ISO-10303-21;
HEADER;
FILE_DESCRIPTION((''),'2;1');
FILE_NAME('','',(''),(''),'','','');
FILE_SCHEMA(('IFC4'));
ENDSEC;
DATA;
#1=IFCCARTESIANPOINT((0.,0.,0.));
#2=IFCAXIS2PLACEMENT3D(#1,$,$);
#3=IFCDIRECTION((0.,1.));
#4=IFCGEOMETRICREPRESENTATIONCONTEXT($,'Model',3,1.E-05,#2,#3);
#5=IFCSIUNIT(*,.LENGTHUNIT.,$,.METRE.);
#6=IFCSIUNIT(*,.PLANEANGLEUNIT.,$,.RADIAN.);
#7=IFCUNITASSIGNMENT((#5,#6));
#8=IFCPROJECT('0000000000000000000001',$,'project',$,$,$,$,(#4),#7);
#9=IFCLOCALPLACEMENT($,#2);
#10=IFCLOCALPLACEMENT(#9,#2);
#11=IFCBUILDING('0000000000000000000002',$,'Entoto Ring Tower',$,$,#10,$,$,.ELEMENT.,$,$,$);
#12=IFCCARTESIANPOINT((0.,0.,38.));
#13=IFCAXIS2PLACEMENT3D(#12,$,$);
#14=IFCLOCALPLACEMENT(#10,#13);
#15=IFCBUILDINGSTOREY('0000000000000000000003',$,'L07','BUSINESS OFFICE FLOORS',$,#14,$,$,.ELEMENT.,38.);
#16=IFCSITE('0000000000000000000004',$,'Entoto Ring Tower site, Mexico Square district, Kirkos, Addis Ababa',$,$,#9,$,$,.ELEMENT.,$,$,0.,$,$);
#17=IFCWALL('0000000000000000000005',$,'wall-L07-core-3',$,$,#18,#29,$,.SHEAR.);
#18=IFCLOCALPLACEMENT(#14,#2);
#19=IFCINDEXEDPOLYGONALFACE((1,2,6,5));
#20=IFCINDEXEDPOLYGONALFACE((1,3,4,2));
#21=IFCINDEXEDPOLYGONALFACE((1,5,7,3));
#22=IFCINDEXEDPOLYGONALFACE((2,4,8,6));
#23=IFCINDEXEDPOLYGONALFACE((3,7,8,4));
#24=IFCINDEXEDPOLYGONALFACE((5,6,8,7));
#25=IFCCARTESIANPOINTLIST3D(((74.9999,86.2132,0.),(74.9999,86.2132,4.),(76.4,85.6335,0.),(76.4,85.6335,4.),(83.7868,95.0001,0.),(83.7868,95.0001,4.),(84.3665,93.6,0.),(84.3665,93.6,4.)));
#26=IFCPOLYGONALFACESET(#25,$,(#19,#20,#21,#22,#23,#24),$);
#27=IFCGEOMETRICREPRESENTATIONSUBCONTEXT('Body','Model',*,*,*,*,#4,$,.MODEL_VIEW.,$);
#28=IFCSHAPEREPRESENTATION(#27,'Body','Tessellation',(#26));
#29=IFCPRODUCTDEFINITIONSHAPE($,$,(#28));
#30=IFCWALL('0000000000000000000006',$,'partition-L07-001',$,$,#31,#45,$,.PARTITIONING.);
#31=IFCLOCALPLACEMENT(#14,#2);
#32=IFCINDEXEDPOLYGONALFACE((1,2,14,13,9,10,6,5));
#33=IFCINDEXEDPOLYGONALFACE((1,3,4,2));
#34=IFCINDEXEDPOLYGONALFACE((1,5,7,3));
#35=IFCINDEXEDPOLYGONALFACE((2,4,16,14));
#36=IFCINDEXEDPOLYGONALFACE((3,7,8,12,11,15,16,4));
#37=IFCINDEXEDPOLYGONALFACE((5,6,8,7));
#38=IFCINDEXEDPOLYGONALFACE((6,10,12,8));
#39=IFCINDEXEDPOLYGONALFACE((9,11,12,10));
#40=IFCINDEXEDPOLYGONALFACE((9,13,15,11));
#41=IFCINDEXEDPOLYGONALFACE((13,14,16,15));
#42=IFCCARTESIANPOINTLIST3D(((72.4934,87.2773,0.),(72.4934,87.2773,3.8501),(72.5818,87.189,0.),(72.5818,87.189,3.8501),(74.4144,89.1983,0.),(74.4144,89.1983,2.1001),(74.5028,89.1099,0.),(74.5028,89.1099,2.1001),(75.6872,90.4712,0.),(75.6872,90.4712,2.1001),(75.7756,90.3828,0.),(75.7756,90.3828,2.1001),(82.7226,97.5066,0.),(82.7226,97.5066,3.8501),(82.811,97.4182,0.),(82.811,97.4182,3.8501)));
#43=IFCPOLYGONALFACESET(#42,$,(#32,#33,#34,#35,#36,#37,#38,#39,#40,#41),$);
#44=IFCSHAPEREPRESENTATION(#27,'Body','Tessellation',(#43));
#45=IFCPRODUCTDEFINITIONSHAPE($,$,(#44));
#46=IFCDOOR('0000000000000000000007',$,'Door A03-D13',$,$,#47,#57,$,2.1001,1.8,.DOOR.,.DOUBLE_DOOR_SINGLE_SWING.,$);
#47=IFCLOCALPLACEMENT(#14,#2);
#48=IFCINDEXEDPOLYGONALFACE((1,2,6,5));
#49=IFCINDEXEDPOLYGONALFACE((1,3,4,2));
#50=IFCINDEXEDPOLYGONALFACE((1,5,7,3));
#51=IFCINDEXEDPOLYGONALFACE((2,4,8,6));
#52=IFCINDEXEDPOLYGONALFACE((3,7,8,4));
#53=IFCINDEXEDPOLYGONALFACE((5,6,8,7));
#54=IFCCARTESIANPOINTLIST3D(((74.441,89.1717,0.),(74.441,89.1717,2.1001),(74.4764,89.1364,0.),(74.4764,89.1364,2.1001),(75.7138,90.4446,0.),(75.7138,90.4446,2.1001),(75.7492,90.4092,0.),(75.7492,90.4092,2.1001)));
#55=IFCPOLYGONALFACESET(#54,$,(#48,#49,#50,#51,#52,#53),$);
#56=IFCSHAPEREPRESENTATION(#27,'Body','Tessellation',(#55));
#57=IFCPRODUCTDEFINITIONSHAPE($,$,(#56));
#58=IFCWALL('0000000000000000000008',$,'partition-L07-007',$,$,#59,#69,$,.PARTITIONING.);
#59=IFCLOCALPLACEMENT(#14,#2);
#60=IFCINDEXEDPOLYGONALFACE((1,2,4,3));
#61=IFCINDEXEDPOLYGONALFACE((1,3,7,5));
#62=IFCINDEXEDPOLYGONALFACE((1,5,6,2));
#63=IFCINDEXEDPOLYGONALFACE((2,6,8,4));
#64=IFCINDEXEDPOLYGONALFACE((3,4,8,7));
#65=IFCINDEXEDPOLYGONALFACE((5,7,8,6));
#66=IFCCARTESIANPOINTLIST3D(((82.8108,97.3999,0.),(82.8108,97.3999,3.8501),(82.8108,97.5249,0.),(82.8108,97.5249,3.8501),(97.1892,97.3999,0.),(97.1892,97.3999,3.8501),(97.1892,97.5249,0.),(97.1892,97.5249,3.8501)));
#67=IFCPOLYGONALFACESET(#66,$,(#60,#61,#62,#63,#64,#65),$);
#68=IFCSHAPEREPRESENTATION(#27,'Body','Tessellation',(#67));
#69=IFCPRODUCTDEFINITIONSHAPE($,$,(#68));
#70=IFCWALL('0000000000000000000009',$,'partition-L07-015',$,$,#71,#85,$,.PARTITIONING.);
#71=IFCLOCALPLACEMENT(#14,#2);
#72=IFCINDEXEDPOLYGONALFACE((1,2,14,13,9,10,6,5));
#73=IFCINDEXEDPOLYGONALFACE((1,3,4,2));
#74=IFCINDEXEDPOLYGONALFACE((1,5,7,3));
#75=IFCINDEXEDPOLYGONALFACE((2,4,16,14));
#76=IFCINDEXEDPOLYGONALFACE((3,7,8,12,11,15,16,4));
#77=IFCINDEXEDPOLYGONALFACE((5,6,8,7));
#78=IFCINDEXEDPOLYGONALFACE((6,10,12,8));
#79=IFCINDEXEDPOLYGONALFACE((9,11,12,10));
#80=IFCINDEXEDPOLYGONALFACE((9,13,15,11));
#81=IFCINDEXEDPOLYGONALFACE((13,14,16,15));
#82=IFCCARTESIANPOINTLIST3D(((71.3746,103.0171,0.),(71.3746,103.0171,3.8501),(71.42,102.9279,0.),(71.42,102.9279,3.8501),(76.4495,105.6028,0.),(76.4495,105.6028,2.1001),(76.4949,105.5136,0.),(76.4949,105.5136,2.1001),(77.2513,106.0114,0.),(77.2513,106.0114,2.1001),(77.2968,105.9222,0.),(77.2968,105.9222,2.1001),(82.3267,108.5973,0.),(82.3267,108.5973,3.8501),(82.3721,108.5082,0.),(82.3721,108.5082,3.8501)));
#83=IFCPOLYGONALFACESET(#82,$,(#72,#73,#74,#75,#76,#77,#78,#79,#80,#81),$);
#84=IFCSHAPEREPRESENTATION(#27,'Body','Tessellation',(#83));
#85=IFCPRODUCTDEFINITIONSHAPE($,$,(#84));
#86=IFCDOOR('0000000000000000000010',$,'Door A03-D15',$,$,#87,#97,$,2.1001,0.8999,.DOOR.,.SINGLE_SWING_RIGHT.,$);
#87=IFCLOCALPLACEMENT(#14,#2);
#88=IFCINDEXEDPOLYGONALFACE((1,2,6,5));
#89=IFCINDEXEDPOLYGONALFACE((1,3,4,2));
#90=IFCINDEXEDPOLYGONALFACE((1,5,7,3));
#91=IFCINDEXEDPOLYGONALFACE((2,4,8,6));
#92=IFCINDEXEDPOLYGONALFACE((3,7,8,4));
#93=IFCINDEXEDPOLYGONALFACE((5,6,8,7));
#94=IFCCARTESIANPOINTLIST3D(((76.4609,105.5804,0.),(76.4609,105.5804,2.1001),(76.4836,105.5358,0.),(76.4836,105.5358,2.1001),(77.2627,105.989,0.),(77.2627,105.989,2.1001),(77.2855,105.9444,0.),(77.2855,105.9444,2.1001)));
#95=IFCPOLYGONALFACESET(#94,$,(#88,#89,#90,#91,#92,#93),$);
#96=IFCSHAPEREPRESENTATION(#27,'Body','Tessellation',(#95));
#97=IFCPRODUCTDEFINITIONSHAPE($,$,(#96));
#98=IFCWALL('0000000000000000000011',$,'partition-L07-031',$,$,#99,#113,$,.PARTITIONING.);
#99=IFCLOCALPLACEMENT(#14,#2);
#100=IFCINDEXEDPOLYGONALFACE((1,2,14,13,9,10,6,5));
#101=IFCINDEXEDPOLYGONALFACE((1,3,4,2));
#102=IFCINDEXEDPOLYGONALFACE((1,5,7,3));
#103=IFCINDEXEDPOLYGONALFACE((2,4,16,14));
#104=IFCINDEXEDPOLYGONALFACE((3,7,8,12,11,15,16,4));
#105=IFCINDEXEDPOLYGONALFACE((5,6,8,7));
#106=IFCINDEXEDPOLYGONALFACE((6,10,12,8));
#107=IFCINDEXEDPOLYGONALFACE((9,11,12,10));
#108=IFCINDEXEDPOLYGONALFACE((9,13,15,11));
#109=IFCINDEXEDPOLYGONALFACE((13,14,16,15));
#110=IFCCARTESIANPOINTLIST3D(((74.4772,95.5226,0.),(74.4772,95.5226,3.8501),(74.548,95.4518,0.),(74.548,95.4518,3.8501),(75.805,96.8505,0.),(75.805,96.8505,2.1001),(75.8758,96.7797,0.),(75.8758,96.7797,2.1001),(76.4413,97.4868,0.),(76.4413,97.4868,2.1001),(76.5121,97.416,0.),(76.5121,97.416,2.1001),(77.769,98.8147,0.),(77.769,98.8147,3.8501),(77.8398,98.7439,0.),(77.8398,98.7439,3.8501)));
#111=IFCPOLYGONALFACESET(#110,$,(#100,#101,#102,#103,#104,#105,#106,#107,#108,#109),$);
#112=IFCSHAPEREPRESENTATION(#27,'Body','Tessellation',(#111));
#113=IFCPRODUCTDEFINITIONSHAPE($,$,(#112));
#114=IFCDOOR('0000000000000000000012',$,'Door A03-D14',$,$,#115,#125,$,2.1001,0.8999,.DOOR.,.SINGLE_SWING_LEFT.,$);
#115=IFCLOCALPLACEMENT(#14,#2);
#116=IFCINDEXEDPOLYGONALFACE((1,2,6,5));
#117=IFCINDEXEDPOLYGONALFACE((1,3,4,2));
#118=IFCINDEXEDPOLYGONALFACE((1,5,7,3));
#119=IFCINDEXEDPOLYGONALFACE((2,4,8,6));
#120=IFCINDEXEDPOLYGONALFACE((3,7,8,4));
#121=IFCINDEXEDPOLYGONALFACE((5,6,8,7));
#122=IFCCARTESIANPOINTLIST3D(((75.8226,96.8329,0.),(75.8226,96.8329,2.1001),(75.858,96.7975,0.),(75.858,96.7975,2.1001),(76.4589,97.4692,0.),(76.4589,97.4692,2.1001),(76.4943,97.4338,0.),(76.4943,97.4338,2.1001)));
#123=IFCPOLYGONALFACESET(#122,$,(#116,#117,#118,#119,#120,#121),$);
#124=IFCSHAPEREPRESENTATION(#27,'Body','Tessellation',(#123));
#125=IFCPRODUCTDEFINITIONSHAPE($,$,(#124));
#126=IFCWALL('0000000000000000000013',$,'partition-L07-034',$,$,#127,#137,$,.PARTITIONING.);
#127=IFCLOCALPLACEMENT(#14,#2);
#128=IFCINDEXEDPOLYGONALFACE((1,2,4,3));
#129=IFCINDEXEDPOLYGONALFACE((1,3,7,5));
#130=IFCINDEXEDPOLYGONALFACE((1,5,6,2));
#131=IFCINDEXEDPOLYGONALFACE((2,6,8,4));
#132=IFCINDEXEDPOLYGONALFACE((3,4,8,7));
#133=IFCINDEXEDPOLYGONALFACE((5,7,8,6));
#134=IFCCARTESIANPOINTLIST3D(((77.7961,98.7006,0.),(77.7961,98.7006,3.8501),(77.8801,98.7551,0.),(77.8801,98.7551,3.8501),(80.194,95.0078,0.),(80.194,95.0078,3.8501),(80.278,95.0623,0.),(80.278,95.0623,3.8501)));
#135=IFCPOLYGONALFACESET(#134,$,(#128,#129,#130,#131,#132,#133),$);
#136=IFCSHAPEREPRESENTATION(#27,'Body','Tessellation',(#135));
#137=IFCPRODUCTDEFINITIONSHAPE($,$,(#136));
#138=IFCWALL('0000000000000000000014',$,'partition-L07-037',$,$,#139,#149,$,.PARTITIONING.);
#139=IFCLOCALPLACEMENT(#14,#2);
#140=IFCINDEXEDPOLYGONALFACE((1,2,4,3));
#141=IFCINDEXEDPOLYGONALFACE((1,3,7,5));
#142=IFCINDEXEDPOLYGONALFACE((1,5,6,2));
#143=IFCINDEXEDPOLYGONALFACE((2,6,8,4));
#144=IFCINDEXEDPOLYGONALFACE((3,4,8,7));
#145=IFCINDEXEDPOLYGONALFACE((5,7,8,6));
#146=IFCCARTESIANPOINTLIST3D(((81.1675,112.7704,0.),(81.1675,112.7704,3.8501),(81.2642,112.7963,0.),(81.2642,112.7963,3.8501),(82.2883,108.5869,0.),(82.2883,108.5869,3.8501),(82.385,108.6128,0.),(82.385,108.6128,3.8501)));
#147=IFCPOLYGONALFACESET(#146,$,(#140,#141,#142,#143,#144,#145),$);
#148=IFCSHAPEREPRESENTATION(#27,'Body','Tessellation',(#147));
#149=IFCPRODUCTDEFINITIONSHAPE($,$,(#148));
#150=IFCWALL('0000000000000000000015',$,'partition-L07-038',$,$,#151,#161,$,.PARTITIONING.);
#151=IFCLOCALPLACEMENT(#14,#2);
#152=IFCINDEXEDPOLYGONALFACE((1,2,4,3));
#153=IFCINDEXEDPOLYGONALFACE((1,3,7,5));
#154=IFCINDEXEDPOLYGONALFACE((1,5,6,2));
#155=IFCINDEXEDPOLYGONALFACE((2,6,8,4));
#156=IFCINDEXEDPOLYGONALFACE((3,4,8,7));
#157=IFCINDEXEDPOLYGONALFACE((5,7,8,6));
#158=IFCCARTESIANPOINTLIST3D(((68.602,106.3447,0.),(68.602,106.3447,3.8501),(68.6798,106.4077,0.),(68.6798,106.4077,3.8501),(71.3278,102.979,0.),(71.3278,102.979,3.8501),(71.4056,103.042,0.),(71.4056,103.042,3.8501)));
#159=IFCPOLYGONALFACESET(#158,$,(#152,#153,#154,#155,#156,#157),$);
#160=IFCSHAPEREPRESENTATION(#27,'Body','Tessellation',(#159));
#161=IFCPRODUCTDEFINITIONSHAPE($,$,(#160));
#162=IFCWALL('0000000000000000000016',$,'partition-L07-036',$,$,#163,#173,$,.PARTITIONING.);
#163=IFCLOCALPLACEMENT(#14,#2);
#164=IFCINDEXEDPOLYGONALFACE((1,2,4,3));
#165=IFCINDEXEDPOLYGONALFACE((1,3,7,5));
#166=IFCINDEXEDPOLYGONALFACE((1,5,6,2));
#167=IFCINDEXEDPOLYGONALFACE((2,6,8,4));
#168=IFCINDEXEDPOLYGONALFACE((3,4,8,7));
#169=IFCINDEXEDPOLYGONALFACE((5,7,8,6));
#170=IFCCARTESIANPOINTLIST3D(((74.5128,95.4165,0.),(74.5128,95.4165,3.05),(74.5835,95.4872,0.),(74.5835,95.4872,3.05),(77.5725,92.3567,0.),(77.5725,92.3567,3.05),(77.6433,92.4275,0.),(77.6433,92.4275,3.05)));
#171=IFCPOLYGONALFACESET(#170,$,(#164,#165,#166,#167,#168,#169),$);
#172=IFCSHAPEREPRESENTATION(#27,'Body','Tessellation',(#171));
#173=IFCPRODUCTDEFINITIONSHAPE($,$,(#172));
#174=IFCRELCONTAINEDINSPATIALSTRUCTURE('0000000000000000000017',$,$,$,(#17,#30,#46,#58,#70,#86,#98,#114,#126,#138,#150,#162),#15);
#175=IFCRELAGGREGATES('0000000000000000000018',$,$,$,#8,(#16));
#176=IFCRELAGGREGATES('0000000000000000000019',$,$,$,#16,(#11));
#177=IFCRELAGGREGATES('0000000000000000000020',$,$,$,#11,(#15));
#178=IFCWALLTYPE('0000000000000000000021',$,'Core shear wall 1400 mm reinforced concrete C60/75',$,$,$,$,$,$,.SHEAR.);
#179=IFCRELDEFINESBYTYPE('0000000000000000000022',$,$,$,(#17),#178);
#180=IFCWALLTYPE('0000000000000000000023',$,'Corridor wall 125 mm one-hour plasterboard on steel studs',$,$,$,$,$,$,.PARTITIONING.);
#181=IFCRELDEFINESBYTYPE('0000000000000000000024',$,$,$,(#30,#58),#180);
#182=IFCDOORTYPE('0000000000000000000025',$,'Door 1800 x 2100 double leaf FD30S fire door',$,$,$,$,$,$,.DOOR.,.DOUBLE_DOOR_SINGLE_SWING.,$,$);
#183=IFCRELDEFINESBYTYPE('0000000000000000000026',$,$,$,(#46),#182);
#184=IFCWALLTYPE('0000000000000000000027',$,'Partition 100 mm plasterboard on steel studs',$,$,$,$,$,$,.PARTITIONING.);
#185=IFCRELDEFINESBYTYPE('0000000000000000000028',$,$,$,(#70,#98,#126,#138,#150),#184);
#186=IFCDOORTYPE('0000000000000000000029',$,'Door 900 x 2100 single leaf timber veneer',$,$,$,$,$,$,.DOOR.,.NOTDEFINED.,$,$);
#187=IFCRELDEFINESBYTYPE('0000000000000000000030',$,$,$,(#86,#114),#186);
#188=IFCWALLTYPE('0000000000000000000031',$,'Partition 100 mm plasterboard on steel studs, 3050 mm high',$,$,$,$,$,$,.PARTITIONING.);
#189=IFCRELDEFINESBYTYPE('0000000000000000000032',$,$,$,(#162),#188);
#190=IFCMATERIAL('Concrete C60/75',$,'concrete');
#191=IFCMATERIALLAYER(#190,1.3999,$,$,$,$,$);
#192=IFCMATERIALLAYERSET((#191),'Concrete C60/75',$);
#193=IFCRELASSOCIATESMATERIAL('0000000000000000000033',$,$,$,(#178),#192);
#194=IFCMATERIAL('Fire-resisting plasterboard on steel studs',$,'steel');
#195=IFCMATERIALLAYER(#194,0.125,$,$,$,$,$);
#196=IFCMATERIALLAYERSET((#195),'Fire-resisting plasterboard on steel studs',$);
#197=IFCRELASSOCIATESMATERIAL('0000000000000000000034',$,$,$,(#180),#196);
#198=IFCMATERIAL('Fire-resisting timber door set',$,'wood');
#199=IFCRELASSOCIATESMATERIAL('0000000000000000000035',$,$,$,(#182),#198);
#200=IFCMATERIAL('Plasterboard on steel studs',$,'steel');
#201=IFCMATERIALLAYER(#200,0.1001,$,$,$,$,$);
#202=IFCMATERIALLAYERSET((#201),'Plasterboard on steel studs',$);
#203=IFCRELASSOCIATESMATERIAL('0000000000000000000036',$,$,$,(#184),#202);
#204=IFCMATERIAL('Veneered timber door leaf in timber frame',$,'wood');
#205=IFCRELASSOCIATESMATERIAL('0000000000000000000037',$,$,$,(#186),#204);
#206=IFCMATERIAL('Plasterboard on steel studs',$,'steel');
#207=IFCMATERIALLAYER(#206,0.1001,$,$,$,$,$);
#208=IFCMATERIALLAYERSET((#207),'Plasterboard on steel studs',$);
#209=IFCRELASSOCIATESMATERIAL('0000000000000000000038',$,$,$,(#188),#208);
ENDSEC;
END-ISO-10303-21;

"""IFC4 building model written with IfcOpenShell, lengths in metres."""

from ifc_helpers import new_model, si_unit, direction, frame, frame_2d, origin, place, context, subcontext, project, spatial, polyline, rectangle, outline, extrude, material, layer, layer_set, type_object, element, fill, save


model = new_model("IFC4")

# Units and contexts
model_context = context("Model", 3, precision=1e-05, world=origin(), true_north=direction((0.0, 1.0)))
body_context = subcontext(model_context, "Body", "Model", "MODEL_VIEW")
ifc_project = project(units=[si_unit("LENGTHUNIT", "METRE"), si_unit("PLANEANGLEUNIT", "RADIAN")], contexts=[model_context])

# Site, building, storey
site_placement = place(None, origin())
site = spatial("IfcSite", under=ifc_project, at=site_placement, Name="Entoto Ring Tower site, Mexico Square district, Kirkos, Addis Ababa", CompositionType="ELEMENT", RefElevation=0.0)
building_placement = place(site_placement, origin())
building = spatial("IfcBuilding", under=site, at=building_placement, Name="Entoto Ring Tower", CompositionType="ELEMENT")
storey_placement = place(building_placement, frame((0.0, 0.0, 38.0)))
storey = spatial("IfcBuildingStorey", under=building, at=storey_placement, Name="L07", Description="BUSINESS OFFICE FLOORS", CompositionType="ELEMENT", Elevation=38.0)

# Wall
ifc_material_1 = material(Name="Concrete C60/75", Category="concrete")
ifc_layer_1 = layer(ifc_material_1, 1.3999)
ifc_layer_set_1 = layer_set([ifc_layer_1], Name="Concrete C60/75")
wall_type_1 = type_object("IfcWallType", Name="Core shear wall 1400 mm reinforced concrete C60/75", PredefinedType="SHEAR", material=ifc_layer_set_1)
wall_1_placement = place(storey_placement, frame((84.0767, 94.3, 0.0), z_axis=(0.0, 0.0, 1.0), x_axis=(-0.707107, -0.707107, 0.0)))
element("IfcWall", 1, at=wall_1_placement, inside=storey, type_object=wall_type_1, Name="wall-L07-core-3", PredefinedType="SHEAR", context=body_context, shape_type="SweptSolid", body=[
    extrude(outline(polyline([(-0.29, -0.7), (12.1365, -0.7), (11.5564, 0.7), (0.29, 0.7), (-0.29, -0.7)])), origin(), (0.0, 0.0, 1.0), 4.0),
])

# Wall, opening, door
ifc_material_2 = material(Name="Fire-resisting plasterboard on steel studs", Category="steel")
ifc_layer_2 = layer(ifc_material_2, 0.125)
ifc_layer_set_2 = layer_set([ifc_layer_2], Name="Fire-resisting plasterboard on steel studs")
wall_type_2 = type_object("IfcWallType", Name="Corridor wall 125 mm one-hour plasterboard on steel studs", PredefinedType="PARTITIONING", material=ifc_layer_set_2)
wall_2_placement = place(storey_placement, frame((72.5376, 87.2332, 0.0), z_axis=(0.0, 0.0, 1.0), x_axis=(0.707107, 0.707107, 0.0)))
wall_2 = element("IfcWall", 2, at=wall_2_placement, inside=storey, type_object=wall_type_2, Name="partition-L07-001", PredefinedType="PARTITIONING", context=body_context, shape_type="SweptSolid", body=[
    extrude(rectangle(XDim=14.4663, YDim=0.125, at=frame_2d((7.2332, 0.0))), origin(), (0.0, 0.0, 1.0), 3.8501),
])
opening_1_placement = place(wall_2_placement, frame((2.7168, 0.0, 0.0)))
opening_1 = element("IfcOpeningElement", 3, at=opening_1_placement, cuts=wall_2, PredefinedType="OPENING", context=body_context, shape_type="SweptSolid", body=[
    extrude(rectangle(XDim=1.8, YDim=2.1001, at=frame_2d((0.8999, 1.05))), frame((0.0, 0.0725, 0.0), z_axis=(0.0, -1.0, 0.0), x_axis=(1.0, 0.0, 0.0)), (0.0, 0.0, 1.0), 0.145),
])
ifc_material_3 = material(Name="Fire-resisting timber door set", Category="wood")
door_type_1 = type_object("IfcDoorType", Name="Door 1800 x 2100 double leaf FD30S fire door", OperationType="DOUBLE_DOOR_SINGLE_SWING", PredefinedType="DOOR", material=ifc_material_3)
door_1_placement = place(opening_1_placement, origin())
door_1 = element("IfcDoor", 4, at=door_1_placement, inside=storey, type_object=door_type_1, Name="Door A03-D13", OperationType="DOUBLE_DOOR_SINGLE_SWING", OverallHeight=2.1001, OverallWidth=1.8, PredefinedType="DOOR", context=body_context, shape_type="SweptSolid", body=[
    extrude(rectangle(XDim=1.8, YDim=2.1001, at=frame_2d((0.8999, 1.05))), frame((0.0, 0.0249, 0.0), z_axis=(0.0, -1.0, 0.0), x_axis=(1.0, 0.0, 0.0)), (0.0, 0.0, 1.0), 0.05),
])
fill(opening_1, door_1)

# Wall
wall_3_placement = place(storey_placement, frame((82.8108, 97.4624, 0.0), z_axis=(0.0, 0.0, 1.0), x_axis=(1.0, 0.0, 0.0)))
element("IfcWall", 5, at=wall_3_placement, inside=storey, type_object=wall_type_2, Name="partition-L07-007", PredefinedType="PARTITIONING", context=body_context, shape_type="SweptSolid", body=[
    extrude(rectangle(XDim=14.3784, YDim=0.125, at=frame_2d((7.1892, 0.0))), origin(), (0.0, 0.0, 1.0), 3.8501),
])

# Walls, openings, doors
ifc_material_4 = material(Name="Plasterboard on steel studs", Category="steel")
ifc_layer_3 = layer(ifc_material_4, 0.1001)
ifc_layer_set_3 = layer_set([ifc_layer_3], Name="Plasterboard on steel studs")
wall_type_3 = type_object("IfcWallType", Name="Partition 100 mm plasterboard on steel studs", PredefinedType="PARTITIONING", material=ifc_layer_set_3)
wall_4_placement = place(storey_placement, frame((71.3972, 102.9724, 0.0), z_axis=(0.0, 0.0, 1.0), x_axis=(0.891009, 0.453986, 0.0)))
wall_4 = element("IfcWall", 6, at=wall_4_placement, inside=storey, type_object=wall_type_3, Name="partition-L07-015", PredefinedType="PARTITIONING", context=body_context, shape_type="SweptSolid", body=[
    extrude(rectangle(XDim=12.2917, YDim=0.1001, at=frame_2d((6.146, 0.0))), origin(), (0.0, 0.0, 1.0), 3.8501),
])
opening_2_placement = place(wall_4_placement, frame((5.6958, 0.0, 0.0)))
opening_2 = element("IfcOpeningElement", 7, at=opening_2_placement, cuts=wall_4, PredefinedType="OPENING", context=body_context, shape_type="SweptSolid", body=[
    extrude(rectangle(XDim=0.8999, YDim=2.1001, at=frame_2d((0.45, 1.05))), frame((0.0, 0.0601, 0.0), z_axis=(0.0, -1.0, 0.0), x_axis=(1.0, 0.0, 0.0)), (0.0, 0.0, 1.0), 0.1201),
])
ifc_material_5 = material(Name="Veneered timber door leaf in timber frame", Category="wood")
door_type_2 = type_object("IfcDoorType", Name="Door 900 x 2100 single leaf timber veneer", OperationType="NOTDEFINED", PredefinedType="DOOR", material=ifc_material_5)
door_2_placement = place(opening_2_placement, origin())
door_2 = element("IfcDoor", 8, at=door_2_placement, inside=storey, type_object=door_type_2, Name="Door A03-D15", OperationType="SINGLE_SWING_RIGHT", OverallHeight=2.1001, OverallWidth=0.8999, PredefinedType="DOOR", context=body_context, shape_type="SweptSolid", body=[
    extrude(rectangle(XDim=0.8999, YDim=2.1001, at=frame_2d((0.45, 1.05))), frame((0.0, 0.0249, 0.0), z_axis=(0.0, -1.0, 0.0), x_axis=(1.0, 0.0, 0.0)), (0.0, 0.0, 1.0), 0.05),
])
fill(opening_2, door_2)
wall_5_placement = place(storey_placement, frame((74.5127, 95.4873, 0.0), z_axis=(0.0, 0.0, 1.0), x_axis=(0.707081, 0.707133, 0.0)))
wall_5 = element("IfcWall", 9, at=wall_5_placement, inside=storey, type_object=wall_type_3, Name="partition-L07-031", PredefinedType="PARTITIONING", context=body_context, shape_type="SweptSolid", body=[
    extrude(rectangle(XDim=4.6555, YDim=0.1001, at=frame_2d((2.3276, 0.0))), origin(), (0.0, 0.0, 1.0), 3.8501),
])
opening_3_placement = place(wall_5_placement, frame((1.8777, 0.0, 0.0)))
opening_3 = element("IfcOpeningElement", 10, at=opening_3_placement, cuts=wall_5, PredefinedType="OPENING", context=body_context, shape_type="SweptSolid", body=[
    extrude(rectangle(XDim=0.8999, YDim=2.1001, at=frame_2d((0.45, 1.05))), frame((0.0, 0.0601, 0.0), z_axis=(0.0, -1.0, 0.0), x_axis=(1.0, 0.0, 0.0)), (0.0, 0.0, 1.0), 0.1201),
])
door_3_placement = place(opening_3_placement, frame((0.8999, 0.0, 0.0), z_axis=(0.0, 0.0, 1.0), x_axis=(-1.0, 0.0, 0.0)))
door_3 = element("IfcDoor", 11, at=door_3_placement, inside=storey, type_object=door_type_2, Name="Door A03-D14", OperationType="SINGLE_SWING_LEFT", OverallHeight=2.1001, OverallWidth=0.8999, PredefinedType="DOOR", context=body_context, shape_type="SweptSolid", body=[
    extrude(rectangle(XDim=0.8999, YDim=2.1001, at=frame_2d((0.45, 1.05))), frame((0.0, 0.0249, 0.0), z_axis=(0.0, -1.0, 0.0), x_axis=(1.0, 0.0, 0.0)), (0.0, 0.0, 1.0), 0.05),
])
fill(opening_3, door_3)

# Walls
wall_6_placement = place(storey_placement, frame((80.2361, 95.0349, 0.0), z_axis=(0.0, 0.0, 1.0), x_axis=(-0.544602, 0.838694, 0.0)))
element("IfcWall", 12, at=wall_6_placement, inside=storey, type_object=wall_type_3, Name="partition-L07-034", PredefinedType="PARTITIONING", context=body_context, shape_type="SweptSolid", body=[
    extrude(rectangle(XDim=4.4031, YDim=0.1001, at=frame_2d((2.2017, 0.0))), origin(), (0.0, 0.0, 1.0), 3.8501),
])
for number, where, z_axis, x_axis, name in (
    (13, (82.3367, 108.5999, 0.0), (0.0, 0.0, 1.0), (-0.258789, 0.965934, 0.0), "partition-L07-037"),
    (14, (71.3667, 103.0105, 0.0), (0.0, 0.0, 1.0), (-0.629365, 0.77711, 0.0), "partition-L07-038"),
):
    element("IfcWall", number, at=place(storey_placement, frame(where, z_axis=z_axis, x_axis=x_axis)), inside=storey, type_object=wall_type_3, Name=name, PredefinedType="PARTITIONING", context=body_context, shape_type="SweptSolid", body=[
        extrude(rectangle(XDim=4.3311, YDim=0.1001, at=frame_2d((2.1655, 0.0))), origin(), (0.0, 0.0, 1.0), 3.8501),
    ])
ifc_material_6 = material(Name="Plasterboard on steel studs", Category="steel")
ifc_layer_4 = layer(ifc_material_6, 0.1001)
ifc_layer_set_4 = layer_set([ifc_layer_4], Name="Plasterboard on steel studs")
wall_type_4 = type_object("IfcWallType", Name="Partition 100 mm plasterboard on steel studs, 3050 mm high", PredefinedType="PARTITIONING", material=ifc_layer_set_4)
wall_7_placement = place(storey_placement, frame((77.6079, 92.3921, 0.0), z_axis=(0.0, 0.0, 1.0), x_axis=(-0.707107, 0.707107, 0.0)))
element("IfcWall", 15, at=wall_7_placement, inside=storey, type_object=wall_type_4, Name="partition-L07-036", PredefinedType="PARTITIONING", context=body_context, shape_type="SweptSolid", body=[
    extrude(rectangle(XDim=4.3271, YDim=0.1001, at=frame_2d((2.1636, 0.0))), origin(), (0.0, 0.0, 1.0), 3.05),
])

save(model, "model.ifc")
